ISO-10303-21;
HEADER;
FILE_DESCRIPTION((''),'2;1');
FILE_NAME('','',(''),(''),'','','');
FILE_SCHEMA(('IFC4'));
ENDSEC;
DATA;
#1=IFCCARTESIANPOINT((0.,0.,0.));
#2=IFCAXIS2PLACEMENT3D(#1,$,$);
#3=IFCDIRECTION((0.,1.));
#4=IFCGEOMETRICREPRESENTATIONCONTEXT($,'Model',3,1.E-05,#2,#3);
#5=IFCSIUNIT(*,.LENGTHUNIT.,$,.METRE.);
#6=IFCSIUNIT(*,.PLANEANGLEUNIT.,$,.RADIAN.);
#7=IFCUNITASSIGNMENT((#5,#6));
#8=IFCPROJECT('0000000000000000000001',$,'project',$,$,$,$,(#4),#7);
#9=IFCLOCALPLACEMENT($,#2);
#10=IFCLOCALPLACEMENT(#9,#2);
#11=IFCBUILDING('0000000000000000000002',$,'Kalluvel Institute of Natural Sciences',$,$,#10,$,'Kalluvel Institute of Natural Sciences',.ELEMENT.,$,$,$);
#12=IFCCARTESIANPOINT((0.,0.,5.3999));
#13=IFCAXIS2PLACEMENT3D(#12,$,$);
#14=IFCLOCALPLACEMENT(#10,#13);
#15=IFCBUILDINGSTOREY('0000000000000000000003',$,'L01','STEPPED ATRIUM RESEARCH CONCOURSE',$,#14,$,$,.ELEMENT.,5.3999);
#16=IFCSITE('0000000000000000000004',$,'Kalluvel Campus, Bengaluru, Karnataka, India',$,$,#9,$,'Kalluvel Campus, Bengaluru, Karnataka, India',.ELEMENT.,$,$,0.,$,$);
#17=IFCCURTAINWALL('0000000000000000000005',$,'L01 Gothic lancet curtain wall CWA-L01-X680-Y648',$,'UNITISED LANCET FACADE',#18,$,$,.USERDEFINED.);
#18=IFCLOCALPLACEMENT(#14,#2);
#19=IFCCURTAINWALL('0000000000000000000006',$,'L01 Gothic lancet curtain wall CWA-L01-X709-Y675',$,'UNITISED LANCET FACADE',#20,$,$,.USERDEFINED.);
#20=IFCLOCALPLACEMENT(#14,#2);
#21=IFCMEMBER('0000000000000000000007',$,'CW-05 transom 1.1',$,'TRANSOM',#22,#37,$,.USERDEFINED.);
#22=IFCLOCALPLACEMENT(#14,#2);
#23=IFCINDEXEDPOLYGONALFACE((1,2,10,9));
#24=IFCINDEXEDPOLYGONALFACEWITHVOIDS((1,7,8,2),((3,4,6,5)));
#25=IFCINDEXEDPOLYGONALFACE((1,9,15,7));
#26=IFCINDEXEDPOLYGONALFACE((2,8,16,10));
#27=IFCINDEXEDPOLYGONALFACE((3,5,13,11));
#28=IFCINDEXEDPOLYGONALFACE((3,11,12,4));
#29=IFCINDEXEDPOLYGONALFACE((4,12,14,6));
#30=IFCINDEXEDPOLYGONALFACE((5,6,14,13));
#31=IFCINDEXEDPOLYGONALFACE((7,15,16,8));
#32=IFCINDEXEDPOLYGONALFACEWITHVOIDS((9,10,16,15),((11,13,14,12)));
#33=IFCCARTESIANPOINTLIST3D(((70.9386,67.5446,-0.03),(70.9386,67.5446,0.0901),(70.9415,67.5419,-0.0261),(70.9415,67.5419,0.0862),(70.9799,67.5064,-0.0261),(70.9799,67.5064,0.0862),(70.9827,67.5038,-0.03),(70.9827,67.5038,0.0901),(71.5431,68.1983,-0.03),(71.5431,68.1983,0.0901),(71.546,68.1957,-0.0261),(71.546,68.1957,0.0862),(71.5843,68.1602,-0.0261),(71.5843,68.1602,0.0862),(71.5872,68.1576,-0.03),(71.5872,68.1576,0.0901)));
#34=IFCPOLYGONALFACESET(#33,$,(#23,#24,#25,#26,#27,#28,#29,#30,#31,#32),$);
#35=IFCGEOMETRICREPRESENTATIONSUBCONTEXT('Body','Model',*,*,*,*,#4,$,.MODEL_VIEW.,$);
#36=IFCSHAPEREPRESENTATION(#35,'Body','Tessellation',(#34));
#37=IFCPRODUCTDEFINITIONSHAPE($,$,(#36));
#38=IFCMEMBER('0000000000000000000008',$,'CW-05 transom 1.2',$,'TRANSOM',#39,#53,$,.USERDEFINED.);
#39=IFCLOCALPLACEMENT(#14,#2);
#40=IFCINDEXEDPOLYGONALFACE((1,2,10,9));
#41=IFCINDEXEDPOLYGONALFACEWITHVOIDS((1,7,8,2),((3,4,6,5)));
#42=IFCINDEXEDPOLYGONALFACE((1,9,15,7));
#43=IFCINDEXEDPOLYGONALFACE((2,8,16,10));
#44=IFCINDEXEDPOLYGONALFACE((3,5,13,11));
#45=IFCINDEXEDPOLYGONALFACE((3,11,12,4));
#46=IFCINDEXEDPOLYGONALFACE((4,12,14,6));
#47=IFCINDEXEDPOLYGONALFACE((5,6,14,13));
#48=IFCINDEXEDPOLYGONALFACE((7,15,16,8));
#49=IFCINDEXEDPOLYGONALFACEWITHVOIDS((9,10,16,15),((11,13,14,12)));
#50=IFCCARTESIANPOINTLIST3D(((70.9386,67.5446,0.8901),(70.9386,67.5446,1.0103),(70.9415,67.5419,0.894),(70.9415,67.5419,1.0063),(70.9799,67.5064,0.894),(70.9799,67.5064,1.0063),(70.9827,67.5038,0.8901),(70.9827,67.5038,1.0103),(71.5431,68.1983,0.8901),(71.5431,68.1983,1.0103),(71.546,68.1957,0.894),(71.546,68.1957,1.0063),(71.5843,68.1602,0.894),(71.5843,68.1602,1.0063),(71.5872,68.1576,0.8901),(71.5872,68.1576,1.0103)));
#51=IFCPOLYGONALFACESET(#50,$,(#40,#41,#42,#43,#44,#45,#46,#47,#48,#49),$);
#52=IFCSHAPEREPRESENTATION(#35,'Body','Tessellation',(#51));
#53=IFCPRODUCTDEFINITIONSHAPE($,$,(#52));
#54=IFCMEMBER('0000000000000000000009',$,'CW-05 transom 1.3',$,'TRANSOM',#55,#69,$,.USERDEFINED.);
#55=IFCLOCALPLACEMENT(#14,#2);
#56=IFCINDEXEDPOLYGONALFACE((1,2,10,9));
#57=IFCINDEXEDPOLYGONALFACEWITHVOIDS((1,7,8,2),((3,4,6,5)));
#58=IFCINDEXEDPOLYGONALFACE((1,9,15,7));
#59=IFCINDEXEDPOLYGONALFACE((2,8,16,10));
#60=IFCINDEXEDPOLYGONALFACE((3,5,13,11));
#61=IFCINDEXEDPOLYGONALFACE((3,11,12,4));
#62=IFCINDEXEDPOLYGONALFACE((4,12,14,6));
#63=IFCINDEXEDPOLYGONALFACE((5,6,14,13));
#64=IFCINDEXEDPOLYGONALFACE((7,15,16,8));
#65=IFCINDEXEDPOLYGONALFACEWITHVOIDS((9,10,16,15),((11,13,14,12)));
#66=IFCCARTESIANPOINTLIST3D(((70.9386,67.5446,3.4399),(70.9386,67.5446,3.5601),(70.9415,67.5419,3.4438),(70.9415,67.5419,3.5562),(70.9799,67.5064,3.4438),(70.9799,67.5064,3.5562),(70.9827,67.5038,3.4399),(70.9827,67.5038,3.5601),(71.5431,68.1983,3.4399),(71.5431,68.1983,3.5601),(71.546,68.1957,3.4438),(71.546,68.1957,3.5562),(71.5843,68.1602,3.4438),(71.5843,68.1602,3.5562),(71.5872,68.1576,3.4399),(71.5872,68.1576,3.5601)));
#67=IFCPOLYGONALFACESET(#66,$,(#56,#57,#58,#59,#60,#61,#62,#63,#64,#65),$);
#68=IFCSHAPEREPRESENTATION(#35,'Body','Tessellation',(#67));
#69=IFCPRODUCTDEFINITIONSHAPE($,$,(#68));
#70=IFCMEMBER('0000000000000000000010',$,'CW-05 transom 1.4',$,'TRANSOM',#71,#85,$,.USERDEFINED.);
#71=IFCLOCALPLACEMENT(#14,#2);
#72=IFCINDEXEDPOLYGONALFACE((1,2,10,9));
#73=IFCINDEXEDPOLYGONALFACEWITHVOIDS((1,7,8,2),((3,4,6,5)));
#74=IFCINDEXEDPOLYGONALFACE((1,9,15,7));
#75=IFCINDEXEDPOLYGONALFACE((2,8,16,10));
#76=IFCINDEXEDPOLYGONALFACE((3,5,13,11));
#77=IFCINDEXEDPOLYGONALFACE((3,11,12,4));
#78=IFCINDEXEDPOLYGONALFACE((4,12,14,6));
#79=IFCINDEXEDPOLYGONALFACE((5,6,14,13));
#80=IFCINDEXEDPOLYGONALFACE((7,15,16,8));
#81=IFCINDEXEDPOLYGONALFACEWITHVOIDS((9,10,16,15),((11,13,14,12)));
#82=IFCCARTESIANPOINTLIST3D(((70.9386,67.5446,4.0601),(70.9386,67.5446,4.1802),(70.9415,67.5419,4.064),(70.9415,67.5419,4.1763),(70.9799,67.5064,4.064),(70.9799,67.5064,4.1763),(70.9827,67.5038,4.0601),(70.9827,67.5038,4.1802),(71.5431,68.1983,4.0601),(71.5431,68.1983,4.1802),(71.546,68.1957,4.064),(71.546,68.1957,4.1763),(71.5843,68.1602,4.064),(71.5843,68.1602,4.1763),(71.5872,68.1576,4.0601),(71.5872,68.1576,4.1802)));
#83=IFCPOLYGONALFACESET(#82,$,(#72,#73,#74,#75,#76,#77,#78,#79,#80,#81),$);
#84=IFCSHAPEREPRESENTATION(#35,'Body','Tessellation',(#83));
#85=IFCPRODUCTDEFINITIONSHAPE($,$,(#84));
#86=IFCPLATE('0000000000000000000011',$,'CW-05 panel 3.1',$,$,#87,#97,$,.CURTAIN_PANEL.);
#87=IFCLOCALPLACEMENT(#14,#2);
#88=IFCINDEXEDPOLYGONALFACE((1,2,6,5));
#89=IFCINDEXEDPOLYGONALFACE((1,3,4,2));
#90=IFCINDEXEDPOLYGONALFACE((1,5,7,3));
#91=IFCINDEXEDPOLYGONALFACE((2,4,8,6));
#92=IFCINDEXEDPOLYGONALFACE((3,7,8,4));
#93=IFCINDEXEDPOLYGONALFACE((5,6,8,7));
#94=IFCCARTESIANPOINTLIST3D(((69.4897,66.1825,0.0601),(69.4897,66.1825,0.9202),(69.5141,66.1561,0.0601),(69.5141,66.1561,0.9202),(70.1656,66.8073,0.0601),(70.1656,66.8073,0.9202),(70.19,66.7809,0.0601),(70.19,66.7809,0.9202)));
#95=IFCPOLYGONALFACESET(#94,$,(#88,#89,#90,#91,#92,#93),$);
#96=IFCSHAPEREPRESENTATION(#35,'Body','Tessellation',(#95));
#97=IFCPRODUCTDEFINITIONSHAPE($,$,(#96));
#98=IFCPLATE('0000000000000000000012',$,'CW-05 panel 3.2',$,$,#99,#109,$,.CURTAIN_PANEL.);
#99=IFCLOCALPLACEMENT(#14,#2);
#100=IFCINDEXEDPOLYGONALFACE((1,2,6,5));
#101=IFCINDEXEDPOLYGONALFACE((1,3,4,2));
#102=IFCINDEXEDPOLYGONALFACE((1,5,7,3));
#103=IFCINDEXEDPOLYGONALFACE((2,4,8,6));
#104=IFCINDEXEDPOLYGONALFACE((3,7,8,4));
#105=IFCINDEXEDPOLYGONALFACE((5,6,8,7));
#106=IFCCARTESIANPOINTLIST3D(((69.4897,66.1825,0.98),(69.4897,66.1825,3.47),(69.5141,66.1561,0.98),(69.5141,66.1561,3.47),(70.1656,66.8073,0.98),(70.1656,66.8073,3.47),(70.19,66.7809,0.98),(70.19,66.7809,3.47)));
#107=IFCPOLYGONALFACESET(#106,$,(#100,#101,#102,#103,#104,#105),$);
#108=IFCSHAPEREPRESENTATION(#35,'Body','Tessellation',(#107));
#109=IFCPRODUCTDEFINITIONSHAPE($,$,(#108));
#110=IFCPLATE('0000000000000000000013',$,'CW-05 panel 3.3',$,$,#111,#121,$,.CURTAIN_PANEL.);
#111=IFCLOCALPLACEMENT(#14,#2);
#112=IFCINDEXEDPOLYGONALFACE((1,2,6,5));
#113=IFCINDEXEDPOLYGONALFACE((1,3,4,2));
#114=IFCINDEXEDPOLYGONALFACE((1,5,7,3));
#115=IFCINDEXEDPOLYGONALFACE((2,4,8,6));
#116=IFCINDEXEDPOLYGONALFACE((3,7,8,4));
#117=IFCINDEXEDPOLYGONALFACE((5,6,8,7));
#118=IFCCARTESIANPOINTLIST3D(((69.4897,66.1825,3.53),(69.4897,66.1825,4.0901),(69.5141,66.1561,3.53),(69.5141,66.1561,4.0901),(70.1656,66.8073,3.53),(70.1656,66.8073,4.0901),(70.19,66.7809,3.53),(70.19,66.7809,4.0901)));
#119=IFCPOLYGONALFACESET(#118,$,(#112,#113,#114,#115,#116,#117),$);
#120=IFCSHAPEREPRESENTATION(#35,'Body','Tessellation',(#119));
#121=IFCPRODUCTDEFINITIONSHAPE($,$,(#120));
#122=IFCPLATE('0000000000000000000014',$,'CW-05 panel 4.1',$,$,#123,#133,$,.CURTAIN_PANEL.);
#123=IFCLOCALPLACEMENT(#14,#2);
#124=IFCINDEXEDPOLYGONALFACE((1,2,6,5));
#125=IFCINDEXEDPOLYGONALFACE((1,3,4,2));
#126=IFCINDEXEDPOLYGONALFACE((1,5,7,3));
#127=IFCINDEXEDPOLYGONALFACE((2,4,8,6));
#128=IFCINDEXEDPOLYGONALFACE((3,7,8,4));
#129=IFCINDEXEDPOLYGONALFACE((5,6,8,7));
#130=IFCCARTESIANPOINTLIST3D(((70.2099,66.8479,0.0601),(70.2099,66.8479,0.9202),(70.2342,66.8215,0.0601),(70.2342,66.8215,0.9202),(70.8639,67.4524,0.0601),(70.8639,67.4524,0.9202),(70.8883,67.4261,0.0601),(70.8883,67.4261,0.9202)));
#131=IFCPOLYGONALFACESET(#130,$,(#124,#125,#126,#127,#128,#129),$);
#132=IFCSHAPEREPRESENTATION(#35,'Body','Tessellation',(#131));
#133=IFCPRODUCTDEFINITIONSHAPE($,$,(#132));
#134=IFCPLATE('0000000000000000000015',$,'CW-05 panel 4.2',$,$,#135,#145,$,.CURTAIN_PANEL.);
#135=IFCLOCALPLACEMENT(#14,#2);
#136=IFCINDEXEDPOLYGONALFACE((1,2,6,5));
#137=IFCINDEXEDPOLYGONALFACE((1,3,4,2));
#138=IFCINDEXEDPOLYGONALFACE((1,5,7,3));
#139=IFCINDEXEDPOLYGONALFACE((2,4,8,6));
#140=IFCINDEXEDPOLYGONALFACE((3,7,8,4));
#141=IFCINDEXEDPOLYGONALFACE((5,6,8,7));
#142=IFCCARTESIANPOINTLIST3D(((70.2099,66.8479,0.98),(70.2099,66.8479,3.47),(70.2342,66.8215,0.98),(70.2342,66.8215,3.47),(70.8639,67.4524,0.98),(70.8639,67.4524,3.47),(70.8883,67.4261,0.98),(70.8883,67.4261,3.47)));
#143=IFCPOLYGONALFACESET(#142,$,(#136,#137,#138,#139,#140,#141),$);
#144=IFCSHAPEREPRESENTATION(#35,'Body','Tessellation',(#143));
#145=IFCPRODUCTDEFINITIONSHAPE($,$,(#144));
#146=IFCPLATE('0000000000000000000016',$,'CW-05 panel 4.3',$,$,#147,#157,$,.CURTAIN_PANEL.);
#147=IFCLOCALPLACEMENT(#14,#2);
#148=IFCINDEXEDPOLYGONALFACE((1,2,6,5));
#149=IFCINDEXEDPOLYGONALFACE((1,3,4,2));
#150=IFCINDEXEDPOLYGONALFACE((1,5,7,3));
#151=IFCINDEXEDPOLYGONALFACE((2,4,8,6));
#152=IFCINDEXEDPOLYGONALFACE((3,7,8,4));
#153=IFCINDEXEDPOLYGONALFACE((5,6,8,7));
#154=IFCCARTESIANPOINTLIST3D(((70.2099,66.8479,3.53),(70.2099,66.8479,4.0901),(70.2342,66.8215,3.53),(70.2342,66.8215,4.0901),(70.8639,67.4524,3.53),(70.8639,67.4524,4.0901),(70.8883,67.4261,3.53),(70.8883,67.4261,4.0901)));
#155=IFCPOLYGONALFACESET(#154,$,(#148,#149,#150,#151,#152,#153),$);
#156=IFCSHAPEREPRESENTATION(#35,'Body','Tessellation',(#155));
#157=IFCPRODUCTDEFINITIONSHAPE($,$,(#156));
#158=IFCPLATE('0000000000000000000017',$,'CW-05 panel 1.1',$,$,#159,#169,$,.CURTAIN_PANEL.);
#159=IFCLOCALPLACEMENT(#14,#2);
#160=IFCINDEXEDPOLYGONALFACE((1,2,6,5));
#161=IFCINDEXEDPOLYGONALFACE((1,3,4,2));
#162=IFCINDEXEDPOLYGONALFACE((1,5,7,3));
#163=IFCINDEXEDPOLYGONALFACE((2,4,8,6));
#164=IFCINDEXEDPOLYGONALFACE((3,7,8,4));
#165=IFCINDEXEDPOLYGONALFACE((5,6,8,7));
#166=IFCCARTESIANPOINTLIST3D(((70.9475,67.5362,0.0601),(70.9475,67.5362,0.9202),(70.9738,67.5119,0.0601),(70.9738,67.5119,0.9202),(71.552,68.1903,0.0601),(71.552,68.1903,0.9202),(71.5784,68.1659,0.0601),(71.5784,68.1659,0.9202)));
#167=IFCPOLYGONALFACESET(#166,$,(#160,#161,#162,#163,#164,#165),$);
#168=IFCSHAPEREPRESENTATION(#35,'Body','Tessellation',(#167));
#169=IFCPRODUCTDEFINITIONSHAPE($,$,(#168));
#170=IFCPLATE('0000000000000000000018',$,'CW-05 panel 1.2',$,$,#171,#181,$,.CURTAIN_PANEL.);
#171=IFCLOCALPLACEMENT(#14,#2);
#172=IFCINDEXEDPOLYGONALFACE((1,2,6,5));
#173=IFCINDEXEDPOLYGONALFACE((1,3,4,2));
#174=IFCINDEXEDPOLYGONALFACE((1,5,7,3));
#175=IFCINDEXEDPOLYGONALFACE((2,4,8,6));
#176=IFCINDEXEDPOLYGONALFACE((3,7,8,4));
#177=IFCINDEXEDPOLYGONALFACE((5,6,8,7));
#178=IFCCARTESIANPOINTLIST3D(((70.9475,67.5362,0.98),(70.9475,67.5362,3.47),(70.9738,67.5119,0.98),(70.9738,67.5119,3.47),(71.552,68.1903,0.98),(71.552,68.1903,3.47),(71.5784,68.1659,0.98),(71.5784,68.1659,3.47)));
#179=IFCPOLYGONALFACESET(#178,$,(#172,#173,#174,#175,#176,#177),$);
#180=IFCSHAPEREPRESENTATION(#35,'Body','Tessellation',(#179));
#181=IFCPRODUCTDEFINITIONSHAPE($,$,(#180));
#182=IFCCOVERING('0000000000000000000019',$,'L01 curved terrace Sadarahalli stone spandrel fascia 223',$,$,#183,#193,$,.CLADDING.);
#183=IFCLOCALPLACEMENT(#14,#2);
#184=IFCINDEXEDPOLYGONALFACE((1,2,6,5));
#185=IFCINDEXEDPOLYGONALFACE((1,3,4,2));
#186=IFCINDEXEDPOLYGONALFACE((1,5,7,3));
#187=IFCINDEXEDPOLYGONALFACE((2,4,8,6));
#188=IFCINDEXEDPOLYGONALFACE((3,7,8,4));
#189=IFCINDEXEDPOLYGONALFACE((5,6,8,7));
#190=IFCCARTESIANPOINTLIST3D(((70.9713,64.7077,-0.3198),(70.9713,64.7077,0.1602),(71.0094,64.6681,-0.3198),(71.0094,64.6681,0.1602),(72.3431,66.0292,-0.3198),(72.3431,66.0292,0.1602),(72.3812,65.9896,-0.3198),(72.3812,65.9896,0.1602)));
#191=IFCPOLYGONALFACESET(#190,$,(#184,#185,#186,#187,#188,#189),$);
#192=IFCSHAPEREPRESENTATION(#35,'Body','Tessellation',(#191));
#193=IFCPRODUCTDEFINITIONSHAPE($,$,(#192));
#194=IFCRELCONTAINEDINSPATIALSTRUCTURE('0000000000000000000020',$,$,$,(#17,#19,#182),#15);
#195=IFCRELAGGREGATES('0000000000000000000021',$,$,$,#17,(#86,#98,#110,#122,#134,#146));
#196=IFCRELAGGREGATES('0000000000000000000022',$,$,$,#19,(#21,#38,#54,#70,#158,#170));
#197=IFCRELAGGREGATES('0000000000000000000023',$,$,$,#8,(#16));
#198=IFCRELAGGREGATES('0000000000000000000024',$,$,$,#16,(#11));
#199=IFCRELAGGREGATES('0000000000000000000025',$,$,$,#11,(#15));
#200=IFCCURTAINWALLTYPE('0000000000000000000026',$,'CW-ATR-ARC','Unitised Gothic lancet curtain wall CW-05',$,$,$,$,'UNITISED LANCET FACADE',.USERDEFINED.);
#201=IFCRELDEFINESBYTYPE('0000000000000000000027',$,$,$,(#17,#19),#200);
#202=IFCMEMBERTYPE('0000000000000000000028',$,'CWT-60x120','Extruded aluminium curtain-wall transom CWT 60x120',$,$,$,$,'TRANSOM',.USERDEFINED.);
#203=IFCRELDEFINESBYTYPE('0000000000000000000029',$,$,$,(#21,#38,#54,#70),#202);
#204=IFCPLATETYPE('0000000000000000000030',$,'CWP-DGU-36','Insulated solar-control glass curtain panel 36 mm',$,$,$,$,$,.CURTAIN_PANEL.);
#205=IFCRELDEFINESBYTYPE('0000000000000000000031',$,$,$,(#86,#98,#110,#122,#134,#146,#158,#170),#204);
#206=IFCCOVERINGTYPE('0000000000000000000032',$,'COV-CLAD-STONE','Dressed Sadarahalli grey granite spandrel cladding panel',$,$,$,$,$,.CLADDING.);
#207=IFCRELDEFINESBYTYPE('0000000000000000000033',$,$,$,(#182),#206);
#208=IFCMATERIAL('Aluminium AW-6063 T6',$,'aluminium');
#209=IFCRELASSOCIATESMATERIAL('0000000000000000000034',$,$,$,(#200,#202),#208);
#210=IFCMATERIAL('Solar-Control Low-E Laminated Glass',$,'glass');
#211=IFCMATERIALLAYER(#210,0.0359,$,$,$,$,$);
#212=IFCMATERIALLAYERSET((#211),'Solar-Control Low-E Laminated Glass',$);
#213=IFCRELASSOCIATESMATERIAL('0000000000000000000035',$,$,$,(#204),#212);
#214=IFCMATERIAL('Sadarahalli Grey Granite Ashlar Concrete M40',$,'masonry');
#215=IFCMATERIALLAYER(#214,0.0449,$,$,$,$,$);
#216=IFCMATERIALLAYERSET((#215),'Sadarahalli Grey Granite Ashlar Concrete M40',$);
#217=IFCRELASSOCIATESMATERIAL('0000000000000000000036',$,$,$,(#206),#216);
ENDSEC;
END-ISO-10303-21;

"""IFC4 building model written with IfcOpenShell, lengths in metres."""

from ifc_helpers import new_model, si_unit, direction, frame, origin, origin_2d, place, context, subcontext, project, spatial, rectangle, hollow_rectangle, extrude, material, layer, layer_set, material_profile, profile_set, type_object, element, aggregate, save


model = new_model("IFC4")

# Units and contexts
model_context = context("Model", 3, precision=1e-05, world=origin(), true_north=direction((0.0, 1.0)))
body_context = subcontext(model_context, "Body", "Model", "MODEL_VIEW")
ifc_project = project(units=[si_unit("LENGTHUNIT", "METRE"), si_unit("PLANEANGLEUNIT", "RADIAN")], contexts=[model_context])

# Site, building, storey
site_placement = place(None, origin())
site = spatial("IfcSite", under=ifc_project, at=site_placement, Name="Kalluvel Campus, Bengaluru, Karnataka, India", LongName="Kalluvel Campus, Bengaluru, Karnataka, India", CompositionType="ELEMENT", RefElevation=0.0)
building_placement = place(site_placement, origin())
building = spatial("IfcBuilding", under=site, at=building_placement, Name="Kalluvel Institute of Natural Sciences", LongName="Kalluvel Institute of Natural Sciences", CompositionType="ELEMENT")
storey_placement = place(building_placement, frame((0.0, 0.0, 5.3999)))
storey = spatial("IfcBuildingStorey", under=building, at=storey_placement, Name="L01", Description="STEPPED ATRIUM RESEARCH CONCOURSE", CompositionType="ELEMENT", Elevation=5.3999)

# Curtain wall
ifc_material_1 = material(Name="Aluminium AW-6063 T6", Category="aluminium")
curtain_wall_type = type_object("IfcCurtainWallType", Name="CW-ATR-ARC", Description="Unitised Gothic lancet curtain wall CW-05", ElementType="UNITISED LANCET FACADE", PredefinedType="USERDEFINED", material=ifc_material_1)
curtain_wall_1_placement = place(storey_placement, origin())
curtain_wall_1 = element("IfcCurtainWall", 1, at=curtain_wall_1_placement, inside=storey, type_object=curtain_wall_type, Name="L01 Gothic lancet curtain wall CWA-L01-X680-Y648", ObjectType="UNITISED LANCET FACADE", PredefinedType="USERDEFINED")

# Curtain wall
curtain_wall_2_placement = place(storey_placement, origin())
curtain_wall_2 = element("IfcCurtainWall", 2, at=curtain_wall_2_placement, inside=storey, type_object=curtain_wall_type, Name="L01 Gothic lancet curtain wall CWA-L01-X709-Y675", ObjectType="UNITISED LANCET FACADE", PredefinedType="USERDEFINED")

# Members
ifc_material_profile_1 = material_profile(ifc_material_1, hollow_rectangle(XDim=0.0601, YDim=0.1201, WallThickness=0.0039, at=origin_2d()), Name="CWT 60x120")
ifc_profile_set_1 = profile_set([ifc_material_profile_1], Name="Aluminium AW-6063 T6")
member_type_1 = type_object("IfcMemberType", Name="CWT-60x120", Description="Extruded aluminium curtain-wall transom CWT 60x120", ElementType="TRANSOM", PredefinedType="USERDEFINED", material=ifc_profile_set_1)
member_1_placement = place(storey_placement, frame((70.9607, 67.5242, 0.03), z_axis=(0.678872, 0.734257, 0.0), x_axis=(-0.734257, 0.678872, 0.0)))
member_1 = element("IfcMember", 3, at=member_1_placement, type_object=member_type_1, Name="CW-05 transom 1.1", ObjectType="TRANSOM", PredefinedType="USERDEFINED", context=body_context, shape_type="SweptSolid", body=[
    extrude(hollow_rectangle(XDim=0.0601, YDim=0.1201, WallThickness=0.0039, at=origin_2d()), origin(), (0.0, 0.0, 1.0), 0.8904),
])
member_2_placement = place(storey_placement, frame((70.9607, 67.5242, 0.9502), z_axis=(0.678872, 0.734257, 0.0), x_axis=(-0.734257, 0.678872, 0.0)))
member_2 = element("IfcMember", 4, at=member_2_placement, type_object=member_type_1, Name="CW-05 transom 1.2", ObjectType="TRANSOM", PredefinedType="USERDEFINED", context=body_context, shape_type="SweptSolid", body=[
    extrude(hollow_rectangle(XDim=0.0601, YDim=0.1201, WallThickness=0.0039, at=origin_2d()), origin(), (0.0, 0.0, 1.0), 0.8904),
])
member_3_placement = place(storey_placement, frame((70.9607, 67.5242, 3.5), z_axis=(0.678872, 0.734257, 0.0), x_axis=(-0.734257, 0.678872, 0.0)))
member_3 = element("IfcMember", 5, at=member_3_placement, type_object=member_type_1, Name="CW-05 transom 1.3", ObjectType="TRANSOM", PredefinedType="USERDEFINED", context=body_context, shape_type="SweptSolid", body=[
    extrude(hollow_rectangle(XDim=0.0601, YDim=0.1201, WallThickness=0.0039, at=origin_2d()), origin(), (0.0, 0.0, 1.0), 0.8904),
])
member_4_placement = place(storey_placement, frame((70.9607, 67.5242, 4.1201), z_axis=(0.678872, 0.734257, 0.0), x_axis=(-0.734257, 0.678872, 0.0)))
member_4 = element("IfcMember", 6, at=member_4_placement, type_object=member_type_1, Name="CW-05 transom 1.4", ObjectType="TRANSOM", PredefinedType="USERDEFINED", context=body_context, shape_type="SweptSolid", body=[
    extrude(hollow_rectangle(XDim=0.0601, YDim=0.1201, WallThickness=0.0039, at=origin_2d()), origin(), (0.0, 0.0, 1.0), 0.8904),
])

# Plates
ifc_material_2 = material(Name="Solar-Control Low-E Laminated Glass", Category="glass")
ifc_layer_1 = layer(ifc_material_2, 0.0359)
ifc_layer_set_1 = layer_set([ifc_layer_1], Name="Solar-Control Low-E Laminated Glass")
plate_type = type_object("IfcPlateType", Name="CWP-DGU-36", Description="Insulated solar-control glass curtain panel 36 mm", PredefinedType="CURTAIN_PANEL", material=ifc_layer_set_1)
plate_1_placement = place(storey_placement, frame((69.8398, 66.4817, 0.0601), z_axis=(0.0, 0.0, 1.0), x_axis=(0.734327, 0.678796, 0.0)))
plate_1 = element("IfcPlate", 7, at=plate_1_placement, type_object=plate_type, Name="CW-05 panel 3.1", PredefinedType="CURTAIN_PANEL", context=body_context, shape_type="SweptSolid", body=[
    extrude(rectangle(XDim=0.9204, YDim=0.0359, at=origin_2d()), origin(), (0.0, 0.0, 1.0), 0.8601),
])
plate_2_placement = place(storey_placement, frame((69.8398, 66.4817, 0.98), z_axis=(0.0, 0.0, 1.0), x_axis=(0.734327, 0.678796, 0.0)))
plate_2 = element("IfcPlate", 8, at=plate_2_placement, type_object=plate_type, Name="CW-05 panel 3.2", PredefinedType="CURTAIN_PANEL", context=body_context, shape_type="SweptSolid", body=[
    extrude(rectangle(XDim=0.9204, YDim=0.0359, at=origin_2d()), origin(), (0.0, 0.0, 1.0), 2.49),
])
plate_3_placement = place(storey_placement, frame((69.8398, 66.4817, 3.53), z_axis=(0.0, 0.0, 1.0), x_axis=(0.734327, 0.678796, 0.0)))
plate_3 = element("IfcPlate", 9, at=plate_3_placement, type_object=plate_type, Name="CW-05 panel 3.3", PredefinedType="CURTAIN_PANEL", context=body_context, shape_type="SweptSolid", body=[
    extrude(rectangle(XDim=0.9204, YDim=0.0359, at=origin_2d()), origin(), (0.0, 0.0, 1.0), 0.5601),
])
plate_4_placement = place(storey_placement, frame((70.5491, 67.137, 0.0601), z_axis=(0.0, 0.0, 1.0), x_axis=(0.734327, 0.678796, 0.0)))
plate_4 = element("IfcPlate", 10, at=plate_4_placement, type_object=plate_type, Name="CW-05 panel 4.1", PredefinedType="CURTAIN_PANEL", context=body_context, shape_type="SweptSolid", body=[
    extrude(rectangle(XDim=0.8906, YDim=0.0359, at=origin_2d()), origin(), (0.0, 0.0, 1.0), 0.8601),
])
plate_5_placement = place(storey_placement, frame((70.5491, 67.137, 0.98), z_axis=(0.0, 0.0, 1.0), x_axis=(0.734327, 0.678796, 0.0)))
plate_5 = element("IfcPlate", 11, at=plate_5_placement, type_object=plate_type, Name="CW-05 panel 4.2", PredefinedType="CURTAIN_PANEL", context=body_context, shape_type="SweptSolid", body=[
    extrude(rectangle(XDim=0.8906, YDim=0.0359, at=origin_2d()), origin(), (0.0, 0.0, 1.0), 2.49),
])
plate_6_placement = place(storey_placement, frame((70.5491, 67.137, 3.53), z_axis=(0.0, 0.0, 1.0), x_axis=(0.734327, 0.678796, 0.0)))
plate_6 = element("IfcPlate", 12, at=plate_6_placement, type_object=plate_type, Name="CW-05 panel 4.3", PredefinedType="CURTAIN_PANEL", context=body_context, shape_type="SweptSolid", body=[
    extrude(rectangle(XDim=0.8906, YDim=0.0359, at=origin_2d()), origin(), (0.0, 0.0, 1.0), 0.5601),
])
aggregate(curtain_wall_1, [plate_1, plate_2, plate_3, plate_4, plate_5, plate_6])
plate_7_placement = place(storey_placement, frame((71.2629, 67.8511, 0.0601), z_axis=(0.0, 0.0, 1.0), x_axis=(0.678796, 0.734327, 0.0)))
plate_7 = element("IfcPlate", 13, at=plate_7_placement, type_object=plate_type, Name="CW-05 panel 1.1", PredefinedType="CURTAIN_PANEL", context=body_context, shape_type="SweptSolid", body=[
    extrude(rectangle(XDim=0.8906, YDim=0.0359, at=origin_2d()), origin(), (0.0, 0.0, 1.0), 0.8601),
])
plate_8_placement = place(storey_placement, frame((71.2629, 67.8511, 0.98), z_axis=(0.0, 0.0, 1.0), x_axis=(0.678796, 0.734327, 0.0)))
plate_8 = element("IfcPlate", 14, at=plate_8_placement, type_object=plate_type, Name="CW-05 panel 1.2", PredefinedType="CURTAIN_PANEL", context=body_context, shape_type="SweptSolid", body=[
    extrude(rectangle(XDim=0.8906, YDim=0.0359, at=origin_2d()), origin(), (0.0, 0.0, 1.0), 2.49),
])
aggregate(curtain_wall_2, [member_1, member_2, member_3, member_4, plate_7, plate_8])

# Covering
ifc_material_3 = material(Name="Sadarahalli Grey Granite Ashlar Concrete M40", Category="masonry")
ifc_layer_2 = layer(ifc_material_3, 0.0449)
ifc_layer_set_2 = layer_set([ifc_layer_2], Name="Sadarahalli Grey Granite Ashlar Concrete M40")
covering_type = type_object("IfcCoveringType", Name="COV-CLAD-STONE", Description="Dressed Sadarahalli grey granite spandrel cladding panel", PredefinedType="CLADDING", material=ifc_layer_set_2)
covering_placement = place(storey_placement, frame((71.6763, 65.3486, -0.3198), z_axis=(0.0, 0.0, 1.0), x_axis=(0.720188, 0.693779, 0.0)))
element("IfcCovering", 15, at=covering_placement, inside=storey, type_object=covering_type, Name="L01 curved terrace Sadarahalli stone spandrel fascia 223", PredefinedType="CLADDING", context=body_context, shape_type="SweptSolid", body=[
    extrude(rectangle(XDim=1.9048, YDim=0.0549, at=origin_2d()), origin(), (0.0, 0.0, 1.0), 0.48),
])

save(model, "model.ifc")
